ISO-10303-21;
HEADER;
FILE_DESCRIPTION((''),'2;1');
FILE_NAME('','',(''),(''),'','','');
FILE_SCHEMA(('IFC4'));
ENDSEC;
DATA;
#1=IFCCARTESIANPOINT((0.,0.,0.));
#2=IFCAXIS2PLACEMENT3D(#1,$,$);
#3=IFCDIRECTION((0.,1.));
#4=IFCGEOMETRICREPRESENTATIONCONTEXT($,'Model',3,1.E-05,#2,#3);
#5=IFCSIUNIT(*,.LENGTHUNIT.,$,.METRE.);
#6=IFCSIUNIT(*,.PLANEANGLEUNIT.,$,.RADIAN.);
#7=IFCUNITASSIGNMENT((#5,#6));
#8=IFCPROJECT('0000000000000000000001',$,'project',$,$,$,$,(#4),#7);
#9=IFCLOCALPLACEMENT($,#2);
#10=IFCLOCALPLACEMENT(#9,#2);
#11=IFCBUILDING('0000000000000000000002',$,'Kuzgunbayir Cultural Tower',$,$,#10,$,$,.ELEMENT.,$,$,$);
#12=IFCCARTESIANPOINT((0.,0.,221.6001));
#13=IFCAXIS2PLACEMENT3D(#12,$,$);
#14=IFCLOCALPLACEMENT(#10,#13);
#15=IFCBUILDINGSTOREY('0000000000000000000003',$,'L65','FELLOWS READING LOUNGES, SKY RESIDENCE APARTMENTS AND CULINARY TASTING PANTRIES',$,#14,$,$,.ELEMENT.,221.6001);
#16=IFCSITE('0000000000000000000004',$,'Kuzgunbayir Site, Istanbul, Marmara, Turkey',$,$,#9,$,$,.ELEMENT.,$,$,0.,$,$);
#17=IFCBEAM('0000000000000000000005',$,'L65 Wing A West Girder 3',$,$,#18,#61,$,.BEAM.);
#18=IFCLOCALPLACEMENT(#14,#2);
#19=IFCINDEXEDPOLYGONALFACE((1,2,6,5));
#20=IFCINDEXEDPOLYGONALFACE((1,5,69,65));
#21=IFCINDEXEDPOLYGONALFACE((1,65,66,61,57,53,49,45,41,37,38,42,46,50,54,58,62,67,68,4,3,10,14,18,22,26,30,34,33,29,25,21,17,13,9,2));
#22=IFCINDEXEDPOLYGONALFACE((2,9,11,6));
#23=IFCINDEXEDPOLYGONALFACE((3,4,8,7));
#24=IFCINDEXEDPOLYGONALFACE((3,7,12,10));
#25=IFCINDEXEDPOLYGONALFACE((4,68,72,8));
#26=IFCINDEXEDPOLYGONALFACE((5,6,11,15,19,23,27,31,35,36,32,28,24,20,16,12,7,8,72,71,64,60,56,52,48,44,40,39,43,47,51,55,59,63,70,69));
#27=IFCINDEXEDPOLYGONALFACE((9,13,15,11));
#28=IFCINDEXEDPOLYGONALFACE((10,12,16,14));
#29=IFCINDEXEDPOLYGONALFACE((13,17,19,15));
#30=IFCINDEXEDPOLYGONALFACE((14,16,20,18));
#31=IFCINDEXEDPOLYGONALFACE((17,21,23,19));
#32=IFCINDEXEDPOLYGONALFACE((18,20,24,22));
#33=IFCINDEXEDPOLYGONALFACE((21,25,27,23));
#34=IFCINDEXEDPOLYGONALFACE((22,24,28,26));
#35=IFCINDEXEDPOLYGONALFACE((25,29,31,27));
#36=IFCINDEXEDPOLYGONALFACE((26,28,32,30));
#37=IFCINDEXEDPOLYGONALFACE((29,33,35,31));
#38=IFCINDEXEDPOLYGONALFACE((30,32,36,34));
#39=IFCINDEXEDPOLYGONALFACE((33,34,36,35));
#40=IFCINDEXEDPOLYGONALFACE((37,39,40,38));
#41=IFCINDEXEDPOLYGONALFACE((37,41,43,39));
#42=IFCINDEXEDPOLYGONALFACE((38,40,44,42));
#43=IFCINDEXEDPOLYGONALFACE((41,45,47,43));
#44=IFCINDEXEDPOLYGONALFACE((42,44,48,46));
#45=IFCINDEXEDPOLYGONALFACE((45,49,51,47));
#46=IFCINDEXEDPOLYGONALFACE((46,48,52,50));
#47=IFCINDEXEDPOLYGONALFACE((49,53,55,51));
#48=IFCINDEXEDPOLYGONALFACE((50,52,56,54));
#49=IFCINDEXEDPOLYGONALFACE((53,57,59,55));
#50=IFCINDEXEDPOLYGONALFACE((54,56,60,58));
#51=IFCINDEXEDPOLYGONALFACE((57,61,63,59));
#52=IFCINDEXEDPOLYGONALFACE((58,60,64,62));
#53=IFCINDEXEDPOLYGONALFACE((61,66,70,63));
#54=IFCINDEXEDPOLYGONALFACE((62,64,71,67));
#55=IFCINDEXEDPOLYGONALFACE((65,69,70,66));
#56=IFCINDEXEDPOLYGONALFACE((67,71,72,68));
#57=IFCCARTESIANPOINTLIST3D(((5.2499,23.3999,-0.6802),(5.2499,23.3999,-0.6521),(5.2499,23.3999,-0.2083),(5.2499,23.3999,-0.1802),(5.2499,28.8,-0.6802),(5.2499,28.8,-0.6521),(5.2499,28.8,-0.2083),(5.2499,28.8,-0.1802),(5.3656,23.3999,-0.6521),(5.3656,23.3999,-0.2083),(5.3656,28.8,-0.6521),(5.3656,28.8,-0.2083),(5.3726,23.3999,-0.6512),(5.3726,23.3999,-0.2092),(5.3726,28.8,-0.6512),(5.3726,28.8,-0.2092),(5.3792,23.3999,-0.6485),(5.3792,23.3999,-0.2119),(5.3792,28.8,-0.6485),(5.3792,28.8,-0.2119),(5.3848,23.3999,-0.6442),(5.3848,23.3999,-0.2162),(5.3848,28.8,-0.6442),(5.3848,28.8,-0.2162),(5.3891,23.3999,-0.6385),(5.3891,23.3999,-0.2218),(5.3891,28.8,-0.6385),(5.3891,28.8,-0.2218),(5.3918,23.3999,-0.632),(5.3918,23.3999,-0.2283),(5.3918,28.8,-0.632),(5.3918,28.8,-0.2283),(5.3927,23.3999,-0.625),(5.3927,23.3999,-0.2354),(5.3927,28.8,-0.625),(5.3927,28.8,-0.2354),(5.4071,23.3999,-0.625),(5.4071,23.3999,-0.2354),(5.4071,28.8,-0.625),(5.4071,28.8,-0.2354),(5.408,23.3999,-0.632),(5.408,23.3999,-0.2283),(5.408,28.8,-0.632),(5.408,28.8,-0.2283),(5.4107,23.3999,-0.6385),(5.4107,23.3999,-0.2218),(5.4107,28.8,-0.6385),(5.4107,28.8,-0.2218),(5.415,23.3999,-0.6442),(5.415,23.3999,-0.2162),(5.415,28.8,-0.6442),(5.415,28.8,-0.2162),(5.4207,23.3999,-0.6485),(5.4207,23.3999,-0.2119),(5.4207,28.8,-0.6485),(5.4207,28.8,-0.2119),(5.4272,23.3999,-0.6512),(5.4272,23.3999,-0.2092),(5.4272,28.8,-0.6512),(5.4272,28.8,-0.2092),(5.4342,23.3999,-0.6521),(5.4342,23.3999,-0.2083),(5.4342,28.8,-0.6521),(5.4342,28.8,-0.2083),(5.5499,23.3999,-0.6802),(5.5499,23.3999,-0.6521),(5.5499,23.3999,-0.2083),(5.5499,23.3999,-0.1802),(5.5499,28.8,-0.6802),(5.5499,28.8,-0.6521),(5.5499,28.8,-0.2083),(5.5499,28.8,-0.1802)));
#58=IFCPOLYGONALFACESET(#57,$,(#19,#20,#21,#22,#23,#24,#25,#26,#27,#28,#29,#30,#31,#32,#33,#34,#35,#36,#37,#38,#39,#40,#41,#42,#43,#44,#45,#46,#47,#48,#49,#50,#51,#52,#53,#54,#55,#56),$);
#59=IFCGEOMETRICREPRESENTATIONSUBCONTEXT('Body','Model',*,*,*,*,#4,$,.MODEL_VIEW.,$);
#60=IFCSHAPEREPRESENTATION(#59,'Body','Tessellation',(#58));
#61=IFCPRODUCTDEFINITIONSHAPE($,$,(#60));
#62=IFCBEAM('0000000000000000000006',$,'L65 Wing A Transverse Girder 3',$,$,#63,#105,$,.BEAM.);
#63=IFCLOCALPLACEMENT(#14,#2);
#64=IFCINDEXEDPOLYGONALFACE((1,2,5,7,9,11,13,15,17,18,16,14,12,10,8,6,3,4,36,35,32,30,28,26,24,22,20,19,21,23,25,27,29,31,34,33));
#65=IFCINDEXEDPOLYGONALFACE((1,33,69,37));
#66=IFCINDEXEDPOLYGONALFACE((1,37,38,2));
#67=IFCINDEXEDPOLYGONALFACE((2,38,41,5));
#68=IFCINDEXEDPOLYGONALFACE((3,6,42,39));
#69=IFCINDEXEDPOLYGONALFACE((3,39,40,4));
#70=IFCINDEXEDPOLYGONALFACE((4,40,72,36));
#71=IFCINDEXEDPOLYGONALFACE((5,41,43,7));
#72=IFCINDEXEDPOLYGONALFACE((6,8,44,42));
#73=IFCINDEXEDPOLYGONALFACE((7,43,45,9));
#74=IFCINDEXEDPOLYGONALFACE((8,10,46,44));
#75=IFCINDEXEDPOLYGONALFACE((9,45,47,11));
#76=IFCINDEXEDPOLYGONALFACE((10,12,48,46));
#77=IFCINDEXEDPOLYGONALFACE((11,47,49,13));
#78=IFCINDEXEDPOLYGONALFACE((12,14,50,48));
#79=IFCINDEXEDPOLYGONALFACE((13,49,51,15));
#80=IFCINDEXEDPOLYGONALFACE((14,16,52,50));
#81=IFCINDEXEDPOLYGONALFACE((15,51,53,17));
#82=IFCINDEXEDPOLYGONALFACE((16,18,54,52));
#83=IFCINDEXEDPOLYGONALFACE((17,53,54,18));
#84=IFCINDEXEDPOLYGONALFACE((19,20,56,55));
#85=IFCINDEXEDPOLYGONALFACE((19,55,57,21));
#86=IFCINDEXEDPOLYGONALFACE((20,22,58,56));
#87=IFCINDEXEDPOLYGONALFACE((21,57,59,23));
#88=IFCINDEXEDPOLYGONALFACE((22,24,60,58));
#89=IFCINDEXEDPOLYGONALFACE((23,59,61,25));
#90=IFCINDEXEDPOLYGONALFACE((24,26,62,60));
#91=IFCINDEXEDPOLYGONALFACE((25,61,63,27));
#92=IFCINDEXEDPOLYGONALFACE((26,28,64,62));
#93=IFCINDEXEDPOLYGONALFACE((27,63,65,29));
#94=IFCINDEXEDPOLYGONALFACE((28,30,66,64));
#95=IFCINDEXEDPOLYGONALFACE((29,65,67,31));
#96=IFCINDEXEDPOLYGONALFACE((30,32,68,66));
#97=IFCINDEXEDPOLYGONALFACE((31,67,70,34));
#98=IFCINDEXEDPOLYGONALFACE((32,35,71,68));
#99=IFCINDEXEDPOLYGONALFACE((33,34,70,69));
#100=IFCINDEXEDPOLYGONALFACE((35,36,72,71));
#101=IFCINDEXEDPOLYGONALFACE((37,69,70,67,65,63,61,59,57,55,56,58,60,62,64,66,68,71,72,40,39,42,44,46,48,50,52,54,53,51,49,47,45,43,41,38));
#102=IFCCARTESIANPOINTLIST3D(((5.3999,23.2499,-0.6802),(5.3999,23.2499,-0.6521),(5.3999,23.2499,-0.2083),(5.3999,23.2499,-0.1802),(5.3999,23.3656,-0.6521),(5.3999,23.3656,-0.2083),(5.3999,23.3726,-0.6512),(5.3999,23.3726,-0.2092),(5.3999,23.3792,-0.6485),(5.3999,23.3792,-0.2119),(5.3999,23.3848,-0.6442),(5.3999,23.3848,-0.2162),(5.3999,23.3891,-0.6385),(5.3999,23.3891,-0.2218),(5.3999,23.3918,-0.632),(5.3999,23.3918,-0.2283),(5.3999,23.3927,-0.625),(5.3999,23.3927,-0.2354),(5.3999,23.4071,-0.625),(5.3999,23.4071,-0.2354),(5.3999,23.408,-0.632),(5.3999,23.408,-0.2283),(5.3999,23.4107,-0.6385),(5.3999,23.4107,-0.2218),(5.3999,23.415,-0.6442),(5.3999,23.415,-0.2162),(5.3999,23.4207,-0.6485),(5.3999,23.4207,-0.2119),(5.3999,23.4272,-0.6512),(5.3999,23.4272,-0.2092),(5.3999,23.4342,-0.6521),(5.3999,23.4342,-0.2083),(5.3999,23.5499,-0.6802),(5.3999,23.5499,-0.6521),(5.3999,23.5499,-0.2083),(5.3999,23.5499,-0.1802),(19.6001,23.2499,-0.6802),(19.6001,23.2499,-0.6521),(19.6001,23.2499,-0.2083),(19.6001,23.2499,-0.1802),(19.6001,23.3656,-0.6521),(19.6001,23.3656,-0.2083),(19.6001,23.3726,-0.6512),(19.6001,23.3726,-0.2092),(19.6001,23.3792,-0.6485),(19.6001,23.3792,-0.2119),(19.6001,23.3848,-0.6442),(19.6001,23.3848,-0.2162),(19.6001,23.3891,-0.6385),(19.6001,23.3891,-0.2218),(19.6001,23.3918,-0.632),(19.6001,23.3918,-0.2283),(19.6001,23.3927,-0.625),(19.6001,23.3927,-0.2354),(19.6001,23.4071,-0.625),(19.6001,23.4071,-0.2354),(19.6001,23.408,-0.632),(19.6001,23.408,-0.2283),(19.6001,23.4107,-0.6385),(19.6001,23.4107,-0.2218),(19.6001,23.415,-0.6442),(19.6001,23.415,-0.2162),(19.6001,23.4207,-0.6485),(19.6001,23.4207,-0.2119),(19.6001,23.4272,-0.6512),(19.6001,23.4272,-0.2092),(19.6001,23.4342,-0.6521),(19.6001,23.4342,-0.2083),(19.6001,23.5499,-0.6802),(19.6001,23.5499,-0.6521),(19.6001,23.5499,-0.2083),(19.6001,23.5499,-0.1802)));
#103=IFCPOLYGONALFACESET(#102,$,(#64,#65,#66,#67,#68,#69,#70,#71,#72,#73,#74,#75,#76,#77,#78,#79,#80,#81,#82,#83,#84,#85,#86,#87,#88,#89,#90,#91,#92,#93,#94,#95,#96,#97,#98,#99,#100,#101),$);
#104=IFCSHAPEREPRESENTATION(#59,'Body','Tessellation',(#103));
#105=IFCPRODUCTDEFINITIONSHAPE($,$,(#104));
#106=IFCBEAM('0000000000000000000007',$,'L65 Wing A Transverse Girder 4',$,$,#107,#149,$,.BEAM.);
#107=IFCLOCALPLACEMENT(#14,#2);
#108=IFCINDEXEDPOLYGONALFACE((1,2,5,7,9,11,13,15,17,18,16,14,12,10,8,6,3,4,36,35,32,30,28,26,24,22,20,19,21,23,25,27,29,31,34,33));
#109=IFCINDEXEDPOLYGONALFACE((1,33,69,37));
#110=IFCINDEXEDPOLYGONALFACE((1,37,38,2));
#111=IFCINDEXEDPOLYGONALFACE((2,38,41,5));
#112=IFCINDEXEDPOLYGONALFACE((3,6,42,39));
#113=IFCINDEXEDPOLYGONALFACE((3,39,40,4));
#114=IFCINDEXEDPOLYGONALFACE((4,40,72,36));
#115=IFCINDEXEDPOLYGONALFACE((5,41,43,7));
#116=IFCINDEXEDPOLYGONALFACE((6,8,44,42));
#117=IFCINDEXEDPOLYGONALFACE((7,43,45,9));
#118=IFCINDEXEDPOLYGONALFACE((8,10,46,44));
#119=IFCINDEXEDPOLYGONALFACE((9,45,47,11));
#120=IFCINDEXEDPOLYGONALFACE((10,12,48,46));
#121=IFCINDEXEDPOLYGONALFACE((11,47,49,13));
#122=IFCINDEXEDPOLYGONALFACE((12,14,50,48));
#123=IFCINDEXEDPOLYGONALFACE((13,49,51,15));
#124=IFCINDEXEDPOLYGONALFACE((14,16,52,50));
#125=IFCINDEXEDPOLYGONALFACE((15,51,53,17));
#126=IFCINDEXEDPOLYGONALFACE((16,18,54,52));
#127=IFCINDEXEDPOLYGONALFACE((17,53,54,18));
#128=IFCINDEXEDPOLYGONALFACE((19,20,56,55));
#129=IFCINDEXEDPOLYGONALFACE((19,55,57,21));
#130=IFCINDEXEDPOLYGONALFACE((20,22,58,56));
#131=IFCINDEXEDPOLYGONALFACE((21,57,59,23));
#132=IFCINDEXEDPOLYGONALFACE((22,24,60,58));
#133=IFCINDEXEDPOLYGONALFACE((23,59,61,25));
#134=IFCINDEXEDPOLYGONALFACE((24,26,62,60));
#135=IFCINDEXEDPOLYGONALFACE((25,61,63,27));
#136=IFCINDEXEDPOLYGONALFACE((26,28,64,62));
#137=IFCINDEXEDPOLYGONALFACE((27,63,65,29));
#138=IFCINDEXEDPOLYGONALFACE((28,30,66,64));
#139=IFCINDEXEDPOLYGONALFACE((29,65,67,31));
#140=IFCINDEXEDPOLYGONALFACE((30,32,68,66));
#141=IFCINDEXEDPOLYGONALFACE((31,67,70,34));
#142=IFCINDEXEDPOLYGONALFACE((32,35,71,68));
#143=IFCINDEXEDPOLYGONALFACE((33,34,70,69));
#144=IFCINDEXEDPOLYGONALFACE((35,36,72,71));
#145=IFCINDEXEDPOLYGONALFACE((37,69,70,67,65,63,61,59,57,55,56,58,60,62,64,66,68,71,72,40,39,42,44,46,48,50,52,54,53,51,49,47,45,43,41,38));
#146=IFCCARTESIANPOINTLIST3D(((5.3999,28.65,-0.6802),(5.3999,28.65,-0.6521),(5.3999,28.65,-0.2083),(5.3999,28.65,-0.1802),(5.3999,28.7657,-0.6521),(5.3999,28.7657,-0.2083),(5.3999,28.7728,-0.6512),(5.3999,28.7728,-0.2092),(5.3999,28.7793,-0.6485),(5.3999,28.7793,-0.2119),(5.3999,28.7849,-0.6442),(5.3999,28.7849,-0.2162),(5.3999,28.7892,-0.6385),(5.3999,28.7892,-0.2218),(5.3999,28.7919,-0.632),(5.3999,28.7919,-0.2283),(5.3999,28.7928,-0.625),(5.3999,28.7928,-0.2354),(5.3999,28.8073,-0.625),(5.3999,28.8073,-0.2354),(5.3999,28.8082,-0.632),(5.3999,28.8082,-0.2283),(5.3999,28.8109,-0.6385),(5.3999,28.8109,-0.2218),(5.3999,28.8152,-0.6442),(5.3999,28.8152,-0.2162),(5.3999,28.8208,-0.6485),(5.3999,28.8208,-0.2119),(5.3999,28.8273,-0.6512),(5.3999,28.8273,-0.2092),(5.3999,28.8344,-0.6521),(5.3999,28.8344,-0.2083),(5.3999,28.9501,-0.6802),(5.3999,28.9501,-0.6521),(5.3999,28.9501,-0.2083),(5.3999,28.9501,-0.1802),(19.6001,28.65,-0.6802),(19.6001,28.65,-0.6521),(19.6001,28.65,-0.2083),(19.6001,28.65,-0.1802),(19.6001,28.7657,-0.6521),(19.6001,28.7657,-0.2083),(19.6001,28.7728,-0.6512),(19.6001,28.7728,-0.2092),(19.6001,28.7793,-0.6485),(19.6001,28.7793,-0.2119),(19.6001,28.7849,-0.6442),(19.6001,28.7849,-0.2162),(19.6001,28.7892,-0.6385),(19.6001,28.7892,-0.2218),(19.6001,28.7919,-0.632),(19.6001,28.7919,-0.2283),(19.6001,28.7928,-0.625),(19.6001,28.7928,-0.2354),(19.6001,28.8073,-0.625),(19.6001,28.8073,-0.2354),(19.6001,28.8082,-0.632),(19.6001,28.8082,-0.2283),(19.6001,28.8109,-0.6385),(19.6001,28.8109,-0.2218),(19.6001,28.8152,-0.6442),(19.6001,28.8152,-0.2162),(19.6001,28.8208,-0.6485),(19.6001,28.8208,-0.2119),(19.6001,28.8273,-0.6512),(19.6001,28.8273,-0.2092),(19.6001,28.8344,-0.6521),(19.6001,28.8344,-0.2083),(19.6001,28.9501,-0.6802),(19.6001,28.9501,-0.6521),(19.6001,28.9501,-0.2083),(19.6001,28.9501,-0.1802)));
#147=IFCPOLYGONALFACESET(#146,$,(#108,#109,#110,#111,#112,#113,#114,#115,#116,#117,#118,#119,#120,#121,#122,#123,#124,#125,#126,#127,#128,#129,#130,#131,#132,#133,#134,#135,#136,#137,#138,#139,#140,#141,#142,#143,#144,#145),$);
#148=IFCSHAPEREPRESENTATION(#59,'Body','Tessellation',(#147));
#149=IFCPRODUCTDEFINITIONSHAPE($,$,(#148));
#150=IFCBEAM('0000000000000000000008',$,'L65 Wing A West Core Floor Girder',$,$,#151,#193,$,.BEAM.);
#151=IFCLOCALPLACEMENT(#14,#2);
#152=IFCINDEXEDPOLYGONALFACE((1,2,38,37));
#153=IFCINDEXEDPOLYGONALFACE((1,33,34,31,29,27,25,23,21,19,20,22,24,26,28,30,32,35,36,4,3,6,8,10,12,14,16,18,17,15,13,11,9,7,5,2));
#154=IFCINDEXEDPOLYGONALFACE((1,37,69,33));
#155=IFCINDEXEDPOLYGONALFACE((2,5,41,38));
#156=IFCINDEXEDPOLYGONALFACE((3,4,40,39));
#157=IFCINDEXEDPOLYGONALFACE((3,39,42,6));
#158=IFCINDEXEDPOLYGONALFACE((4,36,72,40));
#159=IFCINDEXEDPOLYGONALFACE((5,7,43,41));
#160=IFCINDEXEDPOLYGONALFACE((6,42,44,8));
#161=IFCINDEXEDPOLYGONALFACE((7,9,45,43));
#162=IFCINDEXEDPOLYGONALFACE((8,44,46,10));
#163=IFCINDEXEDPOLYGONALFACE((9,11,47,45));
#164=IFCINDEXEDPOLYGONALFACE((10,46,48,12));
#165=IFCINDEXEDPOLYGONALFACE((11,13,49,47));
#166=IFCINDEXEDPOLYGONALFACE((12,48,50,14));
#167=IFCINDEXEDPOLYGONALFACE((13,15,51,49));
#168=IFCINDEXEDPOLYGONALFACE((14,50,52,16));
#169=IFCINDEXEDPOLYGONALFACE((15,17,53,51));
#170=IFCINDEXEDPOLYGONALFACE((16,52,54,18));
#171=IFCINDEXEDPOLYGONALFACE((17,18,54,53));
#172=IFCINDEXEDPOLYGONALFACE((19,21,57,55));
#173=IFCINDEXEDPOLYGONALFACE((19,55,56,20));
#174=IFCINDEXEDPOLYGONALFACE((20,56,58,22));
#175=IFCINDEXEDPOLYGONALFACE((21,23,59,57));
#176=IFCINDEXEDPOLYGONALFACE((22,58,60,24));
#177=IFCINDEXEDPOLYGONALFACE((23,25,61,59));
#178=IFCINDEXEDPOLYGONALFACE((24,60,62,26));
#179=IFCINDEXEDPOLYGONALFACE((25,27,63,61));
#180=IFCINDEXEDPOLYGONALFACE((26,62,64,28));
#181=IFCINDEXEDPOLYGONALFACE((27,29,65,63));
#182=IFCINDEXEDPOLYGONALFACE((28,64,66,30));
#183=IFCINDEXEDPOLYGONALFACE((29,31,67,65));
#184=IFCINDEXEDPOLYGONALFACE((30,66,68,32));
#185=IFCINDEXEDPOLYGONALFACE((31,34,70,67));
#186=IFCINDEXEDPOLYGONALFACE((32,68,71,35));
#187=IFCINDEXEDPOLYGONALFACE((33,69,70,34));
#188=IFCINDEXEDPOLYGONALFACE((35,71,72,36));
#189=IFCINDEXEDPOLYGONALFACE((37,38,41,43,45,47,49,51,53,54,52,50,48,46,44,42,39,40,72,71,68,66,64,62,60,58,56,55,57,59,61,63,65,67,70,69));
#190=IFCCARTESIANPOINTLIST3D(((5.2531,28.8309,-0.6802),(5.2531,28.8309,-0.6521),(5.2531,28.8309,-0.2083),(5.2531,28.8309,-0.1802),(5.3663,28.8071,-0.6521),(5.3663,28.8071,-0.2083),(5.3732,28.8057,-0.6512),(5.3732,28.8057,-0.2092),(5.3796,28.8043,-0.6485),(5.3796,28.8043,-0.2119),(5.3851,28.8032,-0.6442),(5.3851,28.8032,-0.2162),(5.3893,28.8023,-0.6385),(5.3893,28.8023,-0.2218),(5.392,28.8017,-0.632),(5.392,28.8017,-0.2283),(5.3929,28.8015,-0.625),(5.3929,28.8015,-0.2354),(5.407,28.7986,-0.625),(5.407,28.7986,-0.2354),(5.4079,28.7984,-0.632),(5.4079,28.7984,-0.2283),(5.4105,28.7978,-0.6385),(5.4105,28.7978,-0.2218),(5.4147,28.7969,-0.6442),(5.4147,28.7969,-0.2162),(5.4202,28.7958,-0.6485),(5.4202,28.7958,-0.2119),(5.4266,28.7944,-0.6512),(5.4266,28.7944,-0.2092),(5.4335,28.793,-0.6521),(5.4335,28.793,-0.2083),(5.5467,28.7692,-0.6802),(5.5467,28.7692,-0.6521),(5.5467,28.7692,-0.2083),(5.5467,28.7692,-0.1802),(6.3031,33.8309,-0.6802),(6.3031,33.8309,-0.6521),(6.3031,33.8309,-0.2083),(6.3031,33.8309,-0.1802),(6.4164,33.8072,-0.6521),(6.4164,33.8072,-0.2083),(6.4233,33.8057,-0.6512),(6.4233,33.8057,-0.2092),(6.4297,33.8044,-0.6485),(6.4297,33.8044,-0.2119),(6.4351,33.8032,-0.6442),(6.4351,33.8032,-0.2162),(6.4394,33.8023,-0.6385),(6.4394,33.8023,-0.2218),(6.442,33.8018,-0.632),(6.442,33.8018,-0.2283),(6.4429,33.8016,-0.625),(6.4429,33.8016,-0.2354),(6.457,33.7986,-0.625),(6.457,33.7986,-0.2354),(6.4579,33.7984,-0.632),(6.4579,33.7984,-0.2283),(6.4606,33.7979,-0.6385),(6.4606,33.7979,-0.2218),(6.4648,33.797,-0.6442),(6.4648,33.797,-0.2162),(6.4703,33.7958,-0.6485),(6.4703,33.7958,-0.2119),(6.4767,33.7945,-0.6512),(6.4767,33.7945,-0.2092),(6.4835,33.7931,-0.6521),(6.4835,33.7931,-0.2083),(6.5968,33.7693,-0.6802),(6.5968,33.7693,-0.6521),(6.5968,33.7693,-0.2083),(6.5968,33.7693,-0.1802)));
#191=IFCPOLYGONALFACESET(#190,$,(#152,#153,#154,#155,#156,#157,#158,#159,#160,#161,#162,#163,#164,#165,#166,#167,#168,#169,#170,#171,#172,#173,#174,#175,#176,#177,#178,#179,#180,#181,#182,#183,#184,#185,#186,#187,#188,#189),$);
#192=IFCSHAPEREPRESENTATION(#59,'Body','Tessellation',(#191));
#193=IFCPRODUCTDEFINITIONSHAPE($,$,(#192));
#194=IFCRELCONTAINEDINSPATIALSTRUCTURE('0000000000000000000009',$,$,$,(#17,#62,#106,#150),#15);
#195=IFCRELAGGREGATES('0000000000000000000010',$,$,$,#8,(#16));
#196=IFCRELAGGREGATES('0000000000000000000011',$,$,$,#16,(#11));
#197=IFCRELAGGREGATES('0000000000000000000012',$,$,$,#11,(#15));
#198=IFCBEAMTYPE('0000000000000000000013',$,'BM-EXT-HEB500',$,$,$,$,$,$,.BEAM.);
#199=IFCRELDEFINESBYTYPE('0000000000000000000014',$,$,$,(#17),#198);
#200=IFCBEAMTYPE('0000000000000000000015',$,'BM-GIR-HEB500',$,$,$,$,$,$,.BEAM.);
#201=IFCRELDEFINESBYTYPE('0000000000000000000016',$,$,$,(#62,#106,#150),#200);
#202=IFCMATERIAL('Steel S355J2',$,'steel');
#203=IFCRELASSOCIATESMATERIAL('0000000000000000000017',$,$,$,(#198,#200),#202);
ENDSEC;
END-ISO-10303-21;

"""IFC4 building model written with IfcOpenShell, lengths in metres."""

from ifc_helpers import new_model, si_unit, direction, frame, origin, origin_2d, place, context, subcontext, project, spatial, i_section, extrude, material, material_profile, profile_set, type_object, element, save


model = new_model("IFC4")

# Units and contexts
model_context = context("Model", 3, precision=1e-05, world=origin(), true_north=direction((0.0, 1.0)))
body_context = subcontext(model_context, "Body", "Model", "MODEL_VIEW")
ifc_project = project(units=[si_unit("LENGTHUNIT", "METRE"), si_unit("PLANEANGLEUNIT", "RADIAN")], contexts=[model_context])

# Site, building, storey
site_placement = place(None, origin())
site = spatial("IfcSite", under=ifc_project, at=site_placement, Name="Kuzgunbayir Site, Istanbul, Marmara, Turkey", CompositionType="ELEMENT", RefElevation=0.0)
building_placement = place(site_placement, origin())
building = spatial("IfcBuilding", under=site, at=building_placement, Name="Kuzgunbayir Cultural Tower", CompositionType="ELEMENT")
storey_placement = place(building_placement, frame((0.0, 0.0, 221.6001)))
storey = spatial("IfcBuildingStorey", under=building, at=storey_placement, Name="L65", Description="FELLOWS READING LOUNGES, SKY RESIDENCE APARTMENTS AND CULINARY TASTING PANTRIES", CompositionType="ELEMENT", Elevation=221.6001)

# Beams
ifc_material_1 = material(Name="Steel S355J2", Category="steel")
ifc_material_profile_1 = material_profile(ifc_material_1, i_section(OverallWidth=0.3, OverallDepth=0.5, WebThickness=0.0144, FlangeThickness=0.0281, FilletRadius=0.0271, at=origin_2d()), Name="HEB 500")
ifc_profile_set_1 = profile_set([ifc_material_profile_1], Name="Steel S355J2")
beam_type_1 = type_object("IfcBeamType", Name="BM-EXT-HEB500", PredefinedType="BEAM", material=ifc_profile_set_1)
beam_1_placement = place(storey_placement, frame((5.3999, 23.3999, -0.4302), z_axis=(0.0, 1.0, 0.0), x_axis=(-1.0, 0.0, 0.0)))
element("IfcBeam", 1, at=beam_1_placement, inside=storey, type_object=beam_type_1, Name="L65 Wing A West Girder 3", PredefinedType="BEAM", context=body_context, shape_type="SweptSolid", body=[
    extrude(i_section(OverallWidth=0.3, OverallDepth=0.5, WebThickness=0.0144, FlangeThickness=0.0281, FilletRadius=0.0271, at=origin_2d()), origin(), (0.0, 0.0, 1.0), 5.4001),
])
ifc_material_profile_2 = material_profile(ifc_material_1, i_section(OverallWidth=0.3, OverallDepth=0.5, WebThickness=0.0144, FlangeThickness=0.0281, FilletRadius=0.0271, at=origin_2d()), Name="HEB 500")
ifc_profile_set_2 = profile_set([ifc_material_profile_2], Name="Steel S355J2")
beam_type_2 = type_object("IfcBeamType", Name="BM-GIR-HEB500", PredefinedType="BEAM", material=ifc_profile_set_2)
for number, where, z_axis, x_axis, name in (
    (2, (5.3999, 23.3999, -0.4302), (1.0, 0.0, 0.0), (0.0, 1.0, 0.0), "L65 Wing A Transverse Girder 3"),
    (3, (5.3999, 28.8, -0.4302), (1.0, 0.0, 0.0), (0.0, 1.0, 0.0), "L65 Wing A Transverse Girder 4"),
):
    element("IfcBeam", number, at=place(storey_placement, frame(where, z_axis=z_axis, x_axis=x_axis)), inside=storey, type_object=beam_type_2, Name=name, PredefinedType="BEAM", context=body_context, shape_type="SweptSolid", body=[
        extrude(i_section(OverallWidth=0.3, OverallDepth=0.5, WebThickness=0.0144, FlangeThickness=0.0281, FilletRadius=0.0271, at=origin_2d()), origin(), (0.0, 0.0, 1.0), 14.2002),
    ])
beam_2_placement = place(storey_placement, frame((5.3999, 28.8, -0.4302), z_axis=(0.205526, 0.978652, 0.0), x_axis=(-0.978652, 0.205526, 0.0)))
element("IfcBeam", 4, at=beam_2_placement, inside=storey, type_object=beam_type_2, Name="L65 Wing A West Core Floor Girder", PredefinedType="BEAM", context=body_context, shape_type="SweptSolid", body=[
    extrude(i_section(OverallWidth=0.3, OverallDepth=0.5, WebThickness=0.0144, FlangeThickness=0.0281, FilletRadius=0.0271, at=origin_2d()), origin(), (0.0, 0.0, 1.0), 5.1091),
])

save(model, "model.ifc")
